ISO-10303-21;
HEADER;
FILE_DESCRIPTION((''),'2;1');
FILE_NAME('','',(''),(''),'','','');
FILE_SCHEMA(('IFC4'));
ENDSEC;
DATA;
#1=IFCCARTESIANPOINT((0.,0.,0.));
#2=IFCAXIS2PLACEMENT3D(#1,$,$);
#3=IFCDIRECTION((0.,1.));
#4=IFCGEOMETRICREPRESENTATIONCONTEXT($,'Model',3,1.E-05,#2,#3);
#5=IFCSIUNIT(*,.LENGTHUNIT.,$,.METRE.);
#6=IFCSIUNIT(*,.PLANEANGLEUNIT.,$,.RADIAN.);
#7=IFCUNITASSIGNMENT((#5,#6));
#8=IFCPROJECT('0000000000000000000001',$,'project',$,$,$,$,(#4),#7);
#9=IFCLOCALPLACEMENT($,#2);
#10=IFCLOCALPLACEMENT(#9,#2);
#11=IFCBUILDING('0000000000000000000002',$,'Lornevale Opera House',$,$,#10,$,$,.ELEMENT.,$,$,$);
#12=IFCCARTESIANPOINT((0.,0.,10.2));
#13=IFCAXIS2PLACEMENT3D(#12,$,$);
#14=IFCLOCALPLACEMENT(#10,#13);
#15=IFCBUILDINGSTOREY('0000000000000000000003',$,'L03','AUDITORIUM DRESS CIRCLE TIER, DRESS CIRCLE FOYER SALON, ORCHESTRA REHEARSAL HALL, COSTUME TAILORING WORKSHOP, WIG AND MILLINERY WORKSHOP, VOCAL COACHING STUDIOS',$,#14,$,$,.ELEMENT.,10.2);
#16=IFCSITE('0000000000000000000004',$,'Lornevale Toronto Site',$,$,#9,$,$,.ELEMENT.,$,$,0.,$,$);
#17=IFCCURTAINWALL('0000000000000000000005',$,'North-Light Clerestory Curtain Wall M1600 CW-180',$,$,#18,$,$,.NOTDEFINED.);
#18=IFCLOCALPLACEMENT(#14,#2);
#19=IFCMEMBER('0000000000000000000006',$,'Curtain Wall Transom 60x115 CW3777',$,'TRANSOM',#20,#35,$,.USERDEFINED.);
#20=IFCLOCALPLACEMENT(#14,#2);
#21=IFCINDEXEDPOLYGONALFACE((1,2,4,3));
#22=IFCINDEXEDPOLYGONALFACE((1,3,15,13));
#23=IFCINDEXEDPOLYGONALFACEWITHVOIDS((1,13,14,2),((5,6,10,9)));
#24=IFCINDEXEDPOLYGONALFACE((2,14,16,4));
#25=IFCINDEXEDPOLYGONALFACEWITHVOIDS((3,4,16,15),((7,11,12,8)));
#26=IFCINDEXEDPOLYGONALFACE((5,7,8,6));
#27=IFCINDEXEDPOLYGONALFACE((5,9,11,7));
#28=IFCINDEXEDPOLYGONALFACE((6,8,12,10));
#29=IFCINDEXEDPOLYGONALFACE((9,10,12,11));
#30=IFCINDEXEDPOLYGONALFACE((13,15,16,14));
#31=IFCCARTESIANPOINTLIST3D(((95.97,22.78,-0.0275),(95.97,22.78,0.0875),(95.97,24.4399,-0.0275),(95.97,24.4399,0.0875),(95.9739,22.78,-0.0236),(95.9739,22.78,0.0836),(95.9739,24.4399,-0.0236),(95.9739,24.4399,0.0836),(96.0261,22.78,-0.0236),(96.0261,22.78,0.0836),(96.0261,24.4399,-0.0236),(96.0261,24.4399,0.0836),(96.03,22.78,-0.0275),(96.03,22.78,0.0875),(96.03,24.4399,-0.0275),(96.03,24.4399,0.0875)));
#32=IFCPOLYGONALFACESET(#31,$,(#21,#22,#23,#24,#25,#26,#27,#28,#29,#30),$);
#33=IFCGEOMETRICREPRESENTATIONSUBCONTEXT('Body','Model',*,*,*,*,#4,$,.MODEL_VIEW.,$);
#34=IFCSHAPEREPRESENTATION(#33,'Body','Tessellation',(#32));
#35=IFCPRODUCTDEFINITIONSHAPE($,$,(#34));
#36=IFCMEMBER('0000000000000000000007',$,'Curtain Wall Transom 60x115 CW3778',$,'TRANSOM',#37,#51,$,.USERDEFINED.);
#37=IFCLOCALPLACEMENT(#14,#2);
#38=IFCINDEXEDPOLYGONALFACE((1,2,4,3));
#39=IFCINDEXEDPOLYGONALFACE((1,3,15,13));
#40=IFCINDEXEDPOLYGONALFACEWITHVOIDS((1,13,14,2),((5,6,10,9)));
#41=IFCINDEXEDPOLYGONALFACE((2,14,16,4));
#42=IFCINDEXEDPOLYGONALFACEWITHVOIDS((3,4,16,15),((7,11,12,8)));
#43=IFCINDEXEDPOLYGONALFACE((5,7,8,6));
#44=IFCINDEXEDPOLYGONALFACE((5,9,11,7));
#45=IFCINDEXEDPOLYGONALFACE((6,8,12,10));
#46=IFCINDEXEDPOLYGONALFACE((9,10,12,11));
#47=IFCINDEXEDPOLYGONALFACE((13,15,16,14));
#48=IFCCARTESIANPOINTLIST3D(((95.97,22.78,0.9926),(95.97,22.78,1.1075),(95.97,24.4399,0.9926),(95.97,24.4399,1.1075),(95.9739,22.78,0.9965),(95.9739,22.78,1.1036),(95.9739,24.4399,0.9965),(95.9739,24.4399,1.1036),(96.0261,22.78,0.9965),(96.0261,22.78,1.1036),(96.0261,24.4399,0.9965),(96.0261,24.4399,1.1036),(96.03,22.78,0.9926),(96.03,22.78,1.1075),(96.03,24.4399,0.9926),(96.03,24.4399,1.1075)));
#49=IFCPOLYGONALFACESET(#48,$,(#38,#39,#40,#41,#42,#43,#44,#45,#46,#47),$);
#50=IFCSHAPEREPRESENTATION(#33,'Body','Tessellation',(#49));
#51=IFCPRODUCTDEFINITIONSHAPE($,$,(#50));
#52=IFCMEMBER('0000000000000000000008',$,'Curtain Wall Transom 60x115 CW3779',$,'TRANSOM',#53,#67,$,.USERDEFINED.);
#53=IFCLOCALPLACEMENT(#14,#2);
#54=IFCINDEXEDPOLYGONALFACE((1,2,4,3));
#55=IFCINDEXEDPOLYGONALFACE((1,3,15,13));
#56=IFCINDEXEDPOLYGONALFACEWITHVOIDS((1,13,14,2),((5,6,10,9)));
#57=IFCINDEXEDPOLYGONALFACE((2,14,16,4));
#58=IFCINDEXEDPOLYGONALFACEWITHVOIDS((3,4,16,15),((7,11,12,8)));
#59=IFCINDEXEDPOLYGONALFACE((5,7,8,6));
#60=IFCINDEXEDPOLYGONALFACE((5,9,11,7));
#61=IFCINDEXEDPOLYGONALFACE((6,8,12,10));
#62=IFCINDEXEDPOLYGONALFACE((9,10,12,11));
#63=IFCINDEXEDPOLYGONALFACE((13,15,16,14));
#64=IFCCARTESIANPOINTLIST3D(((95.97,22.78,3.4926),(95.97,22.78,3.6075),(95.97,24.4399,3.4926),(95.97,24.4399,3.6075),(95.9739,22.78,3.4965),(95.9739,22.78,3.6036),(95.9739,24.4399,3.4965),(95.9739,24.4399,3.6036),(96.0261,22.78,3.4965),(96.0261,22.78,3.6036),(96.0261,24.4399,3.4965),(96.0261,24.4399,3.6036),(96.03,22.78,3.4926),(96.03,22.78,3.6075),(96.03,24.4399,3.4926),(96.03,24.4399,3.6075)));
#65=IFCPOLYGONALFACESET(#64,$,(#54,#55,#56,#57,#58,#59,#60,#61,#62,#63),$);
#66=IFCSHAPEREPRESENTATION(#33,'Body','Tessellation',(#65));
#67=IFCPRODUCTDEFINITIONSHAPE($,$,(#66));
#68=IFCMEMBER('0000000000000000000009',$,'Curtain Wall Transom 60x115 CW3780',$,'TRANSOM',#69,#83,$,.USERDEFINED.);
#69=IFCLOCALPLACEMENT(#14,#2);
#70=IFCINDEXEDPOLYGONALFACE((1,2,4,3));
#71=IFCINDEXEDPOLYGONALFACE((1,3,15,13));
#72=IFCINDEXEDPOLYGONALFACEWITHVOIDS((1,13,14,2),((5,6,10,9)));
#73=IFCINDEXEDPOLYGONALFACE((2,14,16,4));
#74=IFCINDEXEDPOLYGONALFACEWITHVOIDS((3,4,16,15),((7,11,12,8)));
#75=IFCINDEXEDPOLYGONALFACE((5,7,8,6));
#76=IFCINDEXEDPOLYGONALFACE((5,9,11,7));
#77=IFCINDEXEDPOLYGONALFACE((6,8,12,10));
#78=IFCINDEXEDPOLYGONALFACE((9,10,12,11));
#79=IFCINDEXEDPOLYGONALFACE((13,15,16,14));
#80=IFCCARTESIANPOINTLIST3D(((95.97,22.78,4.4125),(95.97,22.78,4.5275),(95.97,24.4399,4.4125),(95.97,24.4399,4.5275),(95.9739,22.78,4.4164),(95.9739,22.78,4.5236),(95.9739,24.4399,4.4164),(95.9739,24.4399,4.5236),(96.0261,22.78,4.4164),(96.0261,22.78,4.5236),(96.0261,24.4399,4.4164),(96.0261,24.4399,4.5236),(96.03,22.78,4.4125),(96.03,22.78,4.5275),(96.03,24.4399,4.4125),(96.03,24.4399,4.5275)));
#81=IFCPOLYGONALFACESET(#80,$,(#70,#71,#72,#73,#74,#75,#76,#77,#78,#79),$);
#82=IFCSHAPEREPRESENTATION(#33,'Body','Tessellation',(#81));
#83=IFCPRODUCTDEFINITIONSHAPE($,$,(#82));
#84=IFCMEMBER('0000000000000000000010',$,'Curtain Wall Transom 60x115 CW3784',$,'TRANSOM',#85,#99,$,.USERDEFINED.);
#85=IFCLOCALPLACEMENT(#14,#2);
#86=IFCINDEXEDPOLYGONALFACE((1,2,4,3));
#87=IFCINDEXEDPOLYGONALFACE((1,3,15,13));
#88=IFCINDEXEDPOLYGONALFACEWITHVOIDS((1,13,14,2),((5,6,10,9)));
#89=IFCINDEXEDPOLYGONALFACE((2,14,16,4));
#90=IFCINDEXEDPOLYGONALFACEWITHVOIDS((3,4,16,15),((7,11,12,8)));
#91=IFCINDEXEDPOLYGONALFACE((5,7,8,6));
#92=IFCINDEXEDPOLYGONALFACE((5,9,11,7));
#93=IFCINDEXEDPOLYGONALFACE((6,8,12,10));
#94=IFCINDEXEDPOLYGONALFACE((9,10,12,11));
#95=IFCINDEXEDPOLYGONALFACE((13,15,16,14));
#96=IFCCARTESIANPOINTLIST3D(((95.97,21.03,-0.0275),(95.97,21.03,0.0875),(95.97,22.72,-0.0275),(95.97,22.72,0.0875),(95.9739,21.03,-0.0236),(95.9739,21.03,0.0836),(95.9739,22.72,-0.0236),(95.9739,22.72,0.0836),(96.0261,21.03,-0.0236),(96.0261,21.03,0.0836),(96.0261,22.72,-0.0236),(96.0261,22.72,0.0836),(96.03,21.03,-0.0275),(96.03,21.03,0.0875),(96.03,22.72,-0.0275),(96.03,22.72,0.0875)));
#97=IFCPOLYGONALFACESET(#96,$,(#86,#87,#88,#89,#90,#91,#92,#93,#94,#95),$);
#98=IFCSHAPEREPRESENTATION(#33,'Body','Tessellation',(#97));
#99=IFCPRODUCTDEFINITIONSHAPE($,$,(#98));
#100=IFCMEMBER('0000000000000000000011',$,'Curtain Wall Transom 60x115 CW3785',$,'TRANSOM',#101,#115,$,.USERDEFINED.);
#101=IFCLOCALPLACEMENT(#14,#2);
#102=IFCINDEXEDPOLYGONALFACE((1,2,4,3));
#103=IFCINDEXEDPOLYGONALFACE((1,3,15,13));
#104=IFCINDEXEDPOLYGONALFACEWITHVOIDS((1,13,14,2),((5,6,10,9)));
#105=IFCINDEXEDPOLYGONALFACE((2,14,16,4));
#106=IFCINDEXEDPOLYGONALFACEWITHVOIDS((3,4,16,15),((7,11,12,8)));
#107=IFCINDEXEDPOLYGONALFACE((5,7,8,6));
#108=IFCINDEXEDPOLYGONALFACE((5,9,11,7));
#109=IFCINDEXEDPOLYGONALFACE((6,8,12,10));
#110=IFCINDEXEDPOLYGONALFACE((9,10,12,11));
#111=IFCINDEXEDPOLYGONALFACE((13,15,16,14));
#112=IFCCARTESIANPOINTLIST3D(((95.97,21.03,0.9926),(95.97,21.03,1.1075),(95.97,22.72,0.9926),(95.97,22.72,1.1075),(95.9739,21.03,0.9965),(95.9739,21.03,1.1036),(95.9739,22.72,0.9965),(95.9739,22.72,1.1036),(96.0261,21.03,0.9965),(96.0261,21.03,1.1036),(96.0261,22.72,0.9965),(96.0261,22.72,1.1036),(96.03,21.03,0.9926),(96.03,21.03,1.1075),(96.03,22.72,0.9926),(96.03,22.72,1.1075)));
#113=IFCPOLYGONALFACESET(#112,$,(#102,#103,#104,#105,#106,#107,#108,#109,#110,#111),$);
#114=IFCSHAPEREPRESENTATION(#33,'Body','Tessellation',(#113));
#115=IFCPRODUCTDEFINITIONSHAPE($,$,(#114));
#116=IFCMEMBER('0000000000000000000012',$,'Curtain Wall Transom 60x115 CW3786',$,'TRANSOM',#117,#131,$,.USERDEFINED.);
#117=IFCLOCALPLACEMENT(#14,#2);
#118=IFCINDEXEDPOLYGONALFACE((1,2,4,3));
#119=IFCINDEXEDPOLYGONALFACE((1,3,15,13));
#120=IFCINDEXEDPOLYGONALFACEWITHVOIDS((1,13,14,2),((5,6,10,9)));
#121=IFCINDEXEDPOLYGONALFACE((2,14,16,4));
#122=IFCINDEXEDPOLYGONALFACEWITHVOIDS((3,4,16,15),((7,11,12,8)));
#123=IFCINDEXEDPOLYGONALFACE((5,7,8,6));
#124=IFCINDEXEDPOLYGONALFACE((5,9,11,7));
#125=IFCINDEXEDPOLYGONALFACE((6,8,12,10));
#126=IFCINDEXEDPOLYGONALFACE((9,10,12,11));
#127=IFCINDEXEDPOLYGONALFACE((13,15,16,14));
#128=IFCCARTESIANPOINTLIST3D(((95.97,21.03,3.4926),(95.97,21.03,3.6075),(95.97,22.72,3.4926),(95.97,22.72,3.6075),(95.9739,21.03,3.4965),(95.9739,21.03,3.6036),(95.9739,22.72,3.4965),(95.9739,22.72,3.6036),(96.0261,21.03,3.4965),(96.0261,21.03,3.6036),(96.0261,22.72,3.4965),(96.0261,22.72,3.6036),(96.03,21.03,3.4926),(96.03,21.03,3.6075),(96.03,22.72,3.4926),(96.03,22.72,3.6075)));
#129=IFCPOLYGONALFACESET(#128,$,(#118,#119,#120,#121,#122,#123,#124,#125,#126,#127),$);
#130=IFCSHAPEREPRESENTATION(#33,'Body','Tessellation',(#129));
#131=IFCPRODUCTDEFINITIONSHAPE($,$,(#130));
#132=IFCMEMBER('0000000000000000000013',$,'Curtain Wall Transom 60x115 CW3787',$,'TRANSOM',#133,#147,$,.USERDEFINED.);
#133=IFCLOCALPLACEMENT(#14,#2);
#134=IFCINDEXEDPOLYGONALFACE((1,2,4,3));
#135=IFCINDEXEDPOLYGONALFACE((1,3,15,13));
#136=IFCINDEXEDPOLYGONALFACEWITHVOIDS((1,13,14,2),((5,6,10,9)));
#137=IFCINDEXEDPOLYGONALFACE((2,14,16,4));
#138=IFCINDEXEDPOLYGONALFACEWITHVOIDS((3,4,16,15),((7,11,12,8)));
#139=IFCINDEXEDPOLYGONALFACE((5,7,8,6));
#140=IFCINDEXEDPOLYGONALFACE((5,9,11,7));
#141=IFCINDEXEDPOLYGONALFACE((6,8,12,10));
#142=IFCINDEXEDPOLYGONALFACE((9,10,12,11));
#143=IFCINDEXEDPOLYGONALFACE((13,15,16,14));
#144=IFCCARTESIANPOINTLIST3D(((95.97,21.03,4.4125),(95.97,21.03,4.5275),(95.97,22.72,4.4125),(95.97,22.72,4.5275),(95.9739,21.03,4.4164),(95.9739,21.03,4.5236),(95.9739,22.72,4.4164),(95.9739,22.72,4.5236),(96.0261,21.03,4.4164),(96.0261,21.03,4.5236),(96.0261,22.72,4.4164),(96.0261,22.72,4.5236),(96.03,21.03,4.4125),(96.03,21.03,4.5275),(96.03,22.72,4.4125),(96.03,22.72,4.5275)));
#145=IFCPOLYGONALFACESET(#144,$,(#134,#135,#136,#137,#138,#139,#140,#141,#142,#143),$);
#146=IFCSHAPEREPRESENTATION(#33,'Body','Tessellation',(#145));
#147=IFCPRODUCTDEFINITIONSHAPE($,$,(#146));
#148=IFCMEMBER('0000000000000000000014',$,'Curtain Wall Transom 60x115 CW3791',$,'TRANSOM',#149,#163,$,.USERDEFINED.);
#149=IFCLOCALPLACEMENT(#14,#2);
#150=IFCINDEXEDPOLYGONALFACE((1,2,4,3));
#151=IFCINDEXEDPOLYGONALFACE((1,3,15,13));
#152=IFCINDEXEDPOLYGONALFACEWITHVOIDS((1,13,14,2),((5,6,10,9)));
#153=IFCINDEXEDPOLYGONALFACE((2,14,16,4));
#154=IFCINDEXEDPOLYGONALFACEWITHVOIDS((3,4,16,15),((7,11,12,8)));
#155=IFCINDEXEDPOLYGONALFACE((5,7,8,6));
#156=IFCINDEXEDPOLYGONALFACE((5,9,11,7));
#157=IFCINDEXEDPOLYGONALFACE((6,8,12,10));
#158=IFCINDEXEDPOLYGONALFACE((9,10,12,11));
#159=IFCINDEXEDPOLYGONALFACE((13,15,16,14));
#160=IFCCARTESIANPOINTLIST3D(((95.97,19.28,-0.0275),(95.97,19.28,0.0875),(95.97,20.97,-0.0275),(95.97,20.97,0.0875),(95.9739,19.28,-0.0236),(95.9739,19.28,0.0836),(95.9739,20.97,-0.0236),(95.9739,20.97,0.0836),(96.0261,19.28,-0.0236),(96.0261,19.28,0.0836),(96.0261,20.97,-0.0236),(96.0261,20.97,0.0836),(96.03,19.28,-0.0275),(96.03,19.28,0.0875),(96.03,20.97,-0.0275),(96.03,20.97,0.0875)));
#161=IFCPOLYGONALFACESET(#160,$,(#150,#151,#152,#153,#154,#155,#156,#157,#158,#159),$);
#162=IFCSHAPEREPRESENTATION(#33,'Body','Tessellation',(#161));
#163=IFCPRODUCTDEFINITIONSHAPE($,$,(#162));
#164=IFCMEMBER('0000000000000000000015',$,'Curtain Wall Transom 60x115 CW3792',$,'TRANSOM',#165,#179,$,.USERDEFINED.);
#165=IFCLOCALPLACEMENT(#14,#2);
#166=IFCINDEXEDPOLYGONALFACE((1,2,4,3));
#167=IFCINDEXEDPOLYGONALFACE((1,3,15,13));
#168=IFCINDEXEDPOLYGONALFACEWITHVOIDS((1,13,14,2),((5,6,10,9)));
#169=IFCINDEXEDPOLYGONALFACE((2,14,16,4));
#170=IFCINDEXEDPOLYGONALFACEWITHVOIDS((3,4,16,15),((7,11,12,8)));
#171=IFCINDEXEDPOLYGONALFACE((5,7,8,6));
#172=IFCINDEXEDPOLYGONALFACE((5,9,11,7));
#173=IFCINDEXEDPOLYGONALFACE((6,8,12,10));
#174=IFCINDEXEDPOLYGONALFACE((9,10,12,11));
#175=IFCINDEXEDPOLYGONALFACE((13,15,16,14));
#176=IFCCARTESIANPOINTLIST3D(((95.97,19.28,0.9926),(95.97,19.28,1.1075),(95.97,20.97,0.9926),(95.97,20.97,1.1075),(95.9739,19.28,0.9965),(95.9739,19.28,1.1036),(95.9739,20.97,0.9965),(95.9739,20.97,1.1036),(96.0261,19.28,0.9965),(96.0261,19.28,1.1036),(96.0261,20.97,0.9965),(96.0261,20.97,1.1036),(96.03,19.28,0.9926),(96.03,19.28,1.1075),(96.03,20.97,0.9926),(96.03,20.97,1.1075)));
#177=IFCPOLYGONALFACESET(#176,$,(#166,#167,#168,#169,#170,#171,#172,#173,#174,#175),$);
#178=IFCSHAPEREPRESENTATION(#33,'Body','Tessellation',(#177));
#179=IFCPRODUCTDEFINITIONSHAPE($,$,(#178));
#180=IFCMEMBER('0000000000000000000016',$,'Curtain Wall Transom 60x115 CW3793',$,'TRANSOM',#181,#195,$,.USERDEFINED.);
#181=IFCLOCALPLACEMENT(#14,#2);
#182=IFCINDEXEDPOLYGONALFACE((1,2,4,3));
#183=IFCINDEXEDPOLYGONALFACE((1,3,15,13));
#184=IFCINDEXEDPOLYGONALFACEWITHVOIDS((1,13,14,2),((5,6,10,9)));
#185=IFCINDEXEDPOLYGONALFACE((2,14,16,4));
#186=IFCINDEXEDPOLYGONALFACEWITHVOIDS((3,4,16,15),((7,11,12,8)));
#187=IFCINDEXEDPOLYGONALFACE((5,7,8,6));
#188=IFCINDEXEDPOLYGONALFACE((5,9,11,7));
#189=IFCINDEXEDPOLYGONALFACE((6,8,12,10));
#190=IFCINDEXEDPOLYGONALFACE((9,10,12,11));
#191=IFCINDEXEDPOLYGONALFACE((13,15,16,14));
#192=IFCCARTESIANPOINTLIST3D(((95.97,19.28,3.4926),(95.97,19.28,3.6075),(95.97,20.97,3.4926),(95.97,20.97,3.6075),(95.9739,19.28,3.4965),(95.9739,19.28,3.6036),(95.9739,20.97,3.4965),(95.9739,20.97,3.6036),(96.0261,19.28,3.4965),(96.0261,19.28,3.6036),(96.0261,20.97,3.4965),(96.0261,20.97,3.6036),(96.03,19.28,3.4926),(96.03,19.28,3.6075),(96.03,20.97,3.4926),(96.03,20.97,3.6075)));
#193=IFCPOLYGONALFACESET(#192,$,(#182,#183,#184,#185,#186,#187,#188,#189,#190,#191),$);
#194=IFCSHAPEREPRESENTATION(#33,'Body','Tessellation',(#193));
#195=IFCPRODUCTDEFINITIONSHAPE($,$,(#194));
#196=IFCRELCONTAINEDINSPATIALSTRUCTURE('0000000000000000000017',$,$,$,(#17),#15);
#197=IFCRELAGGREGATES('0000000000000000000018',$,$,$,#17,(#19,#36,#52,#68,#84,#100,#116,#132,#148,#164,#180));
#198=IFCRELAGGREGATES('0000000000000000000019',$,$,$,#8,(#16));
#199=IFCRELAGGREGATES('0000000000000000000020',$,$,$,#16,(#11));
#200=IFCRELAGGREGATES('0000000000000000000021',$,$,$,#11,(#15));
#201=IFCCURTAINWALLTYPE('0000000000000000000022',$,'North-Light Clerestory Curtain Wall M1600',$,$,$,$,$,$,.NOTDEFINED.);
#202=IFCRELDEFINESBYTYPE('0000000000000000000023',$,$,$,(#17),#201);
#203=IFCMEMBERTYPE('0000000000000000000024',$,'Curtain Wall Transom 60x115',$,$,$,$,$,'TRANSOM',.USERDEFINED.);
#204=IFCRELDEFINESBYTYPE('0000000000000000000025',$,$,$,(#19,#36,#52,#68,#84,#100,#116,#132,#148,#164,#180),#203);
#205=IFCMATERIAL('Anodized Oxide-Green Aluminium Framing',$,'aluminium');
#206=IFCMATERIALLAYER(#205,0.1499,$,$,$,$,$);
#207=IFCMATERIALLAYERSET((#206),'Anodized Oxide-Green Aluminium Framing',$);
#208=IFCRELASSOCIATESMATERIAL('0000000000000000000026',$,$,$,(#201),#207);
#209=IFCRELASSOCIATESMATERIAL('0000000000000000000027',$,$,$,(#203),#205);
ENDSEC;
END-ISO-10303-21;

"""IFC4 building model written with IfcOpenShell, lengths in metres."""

from ifc_helpers import new_model, si_unit, direction, frame, origin, origin_2d, place, context, subcontext, project, spatial, hollow_rectangle, extrude, material, layer, layer_set, material_profile, profile_set, type_object, element, aggregate, save


model = new_model("IFC4")

# Units and contexts
model_context = context("Model", 3, precision=1e-05, world=origin(), true_north=direction((0.0, 1.0)))
body_context = subcontext(model_context, "Body", "Model", "MODEL_VIEW")
ifc_project = project(units=[si_unit("LENGTHUNIT", "METRE"), si_unit("PLANEANGLEUNIT", "RADIAN")], contexts=[model_context])

# Site, building, storey
site_placement = place(None, origin())
site = spatial("IfcSite", under=ifc_project, at=site_placement, Name="Lornevale Toronto Site", CompositionType="ELEMENT", RefElevation=0.0)
building_placement = place(site_placement, origin())
building = spatial("IfcBuilding", under=site, at=building_placement, Name="Lornevale Opera House", CompositionType="ELEMENT")
storey_placement = place(building_placement, frame((0.0, 0.0, 10.2)))
storey = spatial("IfcBuildingStorey", under=building, at=storey_placement, Name="L03", Description="AUDITORIUM DRESS CIRCLE TIER, DRESS CIRCLE FOYER SALON, ORCHESTRA REHEARSAL HALL, COSTUME TAILORING WORKSHOP, WIG AND MILLINERY WORKSHOP, VOCAL COACHING STUDIOS", CompositionType="ELEMENT", Elevation=10.2)

# Shared definitions
ifc_material_1 = material(Name="Anodized Oxide-Green Aluminium Framing", Category="aluminium")
ifc_layer_1 = layer(ifc_material_1, 0.1499)
ifc_layer_set_1 = layer_set([ifc_layer_1], Name="Anodized Oxide-Green Aluminium Framing")
curtain_wall_type = type_object("IfcCurtainWallType", Name="North-Light Clerestory Curtain Wall M1600", PredefinedType="NOTDEFINED", material=ifc_layer_set_1)

# Curtain wall, members
curtain_wall_1_placement = place(storey_placement, origin())
curtain_wall_1 = element("IfcCurtainWall", 1, at=curtain_wall_1_placement, inside=storey, type_object=curtain_wall_type, Name="North-Light Clerestory Curtain Wall M1600 CW-180", PredefinedType="NOTDEFINED")
ifc_material_profile_1 = material_profile(ifc_material_1, hollow_rectangle(XDim=0.0601, YDim=0.115, WallThickness=0.0039, at=origin_2d()), Name="ALU60x115x4")
ifc_profile_set_1 = profile_set([ifc_material_profile_1], Name="Anodized Oxide-Green Aluminium Framing")
member_type_1 = type_object("IfcMemberType", Name="Curtain Wall Transom 60x115", ElementType="TRANSOM", PredefinedType="USERDEFINED", material=ifc_profile_set_1)
member_1_placement = place(storey_placement, frame((96.0, 24.4399, 0.03), z_axis=(0.0, -1.0, 0.0), x_axis=(1.0, 0.0, 0.0)))
member_1 = element("IfcMember", 2, at=member_1_placement, type_object=member_type_1, Name="Curtain Wall Transom 60x115 CW3777", ObjectType="TRANSOM", PredefinedType="USERDEFINED", context=body_context, shape_type="SweptSolid", body=[
    extrude(hollow_rectangle(XDim=0.0601, YDim=0.115, WallThickness=0.0039, at=origin_2d()), origin(), (0.0, 0.0, 1.0), 1.6599),
])
member_2_placement = place(storey_placement, frame((96.0, 24.4399, 1.05), z_axis=(0.0, -1.0, 0.0), x_axis=(1.0, 0.0, 0.0)))
member_2 = element("IfcMember", 3, at=member_2_placement, type_object=member_type_1, Name="Curtain Wall Transom 60x115 CW3778", ObjectType="TRANSOM", PredefinedType="USERDEFINED", context=body_context, shape_type="SweptSolid", body=[
    extrude(hollow_rectangle(XDim=0.0601, YDim=0.115, WallThickness=0.0039, at=origin_2d()), origin(), (0.0, 0.0, 1.0), 1.6599),
])
member_3_placement = place(storey_placement, frame((96.0, 24.4399, 3.55), z_axis=(0.0, -1.0, 0.0), x_axis=(1.0, 0.0, 0.0)))
member_3 = element("IfcMember", 4, at=member_3_placement, type_object=member_type_1, Name="Curtain Wall Transom 60x115 CW3779", ObjectType="TRANSOM", PredefinedType="USERDEFINED", context=body_context, shape_type="SweptSolid", body=[
    extrude(hollow_rectangle(XDim=0.0601, YDim=0.115, WallThickness=0.0039, at=origin_2d()), origin(), (0.0, 0.0, 1.0), 1.6599),
])
member_4_placement = place(storey_placement, frame((96.0, 24.4399, 4.47), z_axis=(0.0, -1.0, 0.0), x_axis=(1.0, 0.0, 0.0)))
member_4 = element("IfcMember", 5, at=member_4_placement, type_object=member_type_1, Name="Curtain Wall Transom 60x115 CW3780", ObjectType="TRANSOM", PredefinedType="USERDEFINED", context=body_context, shape_type="SweptSolid", body=[
    extrude(hollow_rectangle(XDim=0.0601, YDim=0.115, WallThickness=0.0039, at=origin_2d()), origin(), (0.0, 0.0, 1.0), 1.6599),
])
member_5_placement = place(storey_placement, frame((96.0, 22.72, 0.03), z_axis=(0.0, -1.0, 0.0), x_axis=(1.0, 0.0, 0.0)))
member_5 = element("IfcMember", 6, at=member_5_placement, type_object=member_type_1, Name="Curtain Wall Transom 60x115 CW3784", ObjectType="TRANSOM", PredefinedType="USERDEFINED", context=body_context, shape_type="SweptSolid", body=[
    extrude(hollow_rectangle(XDim=0.0601, YDim=0.115, WallThickness=0.0039, at=origin_2d()), origin(), (0.0, 0.0, 1.0), 1.6899),
])
member_6_placement = place(storey_placement, frame((96.0, 22.72, 1.05), z_axis=(0.0, -1.0, 0.0), x_axis=(1.0, 0.0, 0.0)))
member_6 = element("IfcMember", 7, at=member_6_placement, type_object=member_type_1, Name="Curtain Wall Transom 60x115 CW3785", ObjectType="TRANSOM", PredefinedType="USERDEFINED", context=body_context, shape_type="SweptSolid", body=[
    extrude(hollow_rectangle(XDim=0.0601, YDim=0.115, WallThickness=0.0039, at=origin_2d()), origin(), (0.0, 0.0, 1.0), 1.6899),
])
member_7_placement = place(storey_placement, frame((96.0, 22.72, 3.55), z_axis=(0.0, -1.0, 0.0), x_axis=(1.0, 0.0, 0.0)))
member_7 = element("IfcMember", 8, at=member_7_placement, type_object=member_type_1, Name="Curtain Wall Transom 60x115 CW3786", ObjectType="TRANSOM", PredefinedType="USERDEFINED", context=body_context, shape_type="SweptSolid", body=[
    extrude(hollow_rectangle(XDim=0.0601, YDim=0.115, WallThickness=0.0039, at=origin_2d()), origin(), (0.0, 0.0, 1.0), 1.6899),
])
member_8_placement = place(storey_placement, frame((96.0, 22.72, 4.47), z_axis=(0.0, -1.0, 0.0), x_axis=(1.0, 0.0, 0.0)))
member_8 = element("IfcMember", 9, at=member_8_placement, type_object=member_type_1, Name="Curtain Wall Transom 60x115 CW3787", ObjectType="TRANSOM", PredefinedType="USERDEFINED", context=body_context, shape_type="SweptSolid", body=[
    extrude(hollow_rectangle(XDim=0.0601, YDim=0.115, WallThickness=0.0039, at=origin_2d()), origin(), (0.0, 0.0, 1.0), 1.6899),
])
member_9_placement = place(storey_placement, frame((96.0, 20.97, 0.03), z_axis=(0.0, -1.0, 0.0), x_axis=(1.0, 0.0, 0.0)))
member_9 = element("IfcMember", 10, at=member_9_placement, type_object=member_type_1, Name="Curtain Wall Transom 60x115 CW3791", ObjectType="TRANSOM", PredefinedType="USERDEFINED", context=body_context, shape_type="SweptSolid", body=[
    extrude(hollow_rectangle(XDim=0.0601, YDim=0.115, WallThickness=0.0039, at=origin_2d()), origin(), (0.0, 0.0, 1.0), 1.6899),
])
member_10_placement = place(storey_placement, frame((96.0, 20.97, 1.05), z_axis=(0.0, -1.0, 0.0), x_axis=(1.0, 0.0, 0.0)))
member_10 = element("IfcMember", 11, at=member_10_placement, type_object=member_type_1, Name="Curtain Wall Transom 60x115 CW3792", ObjectType="TRANSOM", PredefinedType="USERDEFINED", context=body_context, shape_type="SweptSolid", body=[
    extrude(hollow_rectangle(XDim=0.0601, YDim=0.115, WallThickness=0.0039, at=origin_2d()), origin(), (0.0, 0.0, 1.0), 1.6899),
])
member_11_placement = place(storey_placement, frame((96.0, 20.97, 3.55), z_axis=(0.0, -1.0, 0.0), x_axis=(1.0, 0.0, 0.0)))
member_11 = element("IfcMember", 12, at=member_11_placement, type_object=member_type_1, Name="Curtain Wall Transom 60x115 CW3793", ObjectType="TRANSOM", PredefinedType="USERDEFINED", context=body_context, shape_type="SweptSolid", body=[
    extrude(hollow_rectangle(XDim=0.0601, YDim=0.115, WallThickness=0.0039, at=origin_2d()), origin(), (0.0, 0.0, 1.0), 1.6899),
])

aggregate(curtain_wall_1, [member_1, member_2, member_3, member_4, member_5, member_6, member_7, member_8, member_9, member_10, member_11])

save(model, "model.ifc")
